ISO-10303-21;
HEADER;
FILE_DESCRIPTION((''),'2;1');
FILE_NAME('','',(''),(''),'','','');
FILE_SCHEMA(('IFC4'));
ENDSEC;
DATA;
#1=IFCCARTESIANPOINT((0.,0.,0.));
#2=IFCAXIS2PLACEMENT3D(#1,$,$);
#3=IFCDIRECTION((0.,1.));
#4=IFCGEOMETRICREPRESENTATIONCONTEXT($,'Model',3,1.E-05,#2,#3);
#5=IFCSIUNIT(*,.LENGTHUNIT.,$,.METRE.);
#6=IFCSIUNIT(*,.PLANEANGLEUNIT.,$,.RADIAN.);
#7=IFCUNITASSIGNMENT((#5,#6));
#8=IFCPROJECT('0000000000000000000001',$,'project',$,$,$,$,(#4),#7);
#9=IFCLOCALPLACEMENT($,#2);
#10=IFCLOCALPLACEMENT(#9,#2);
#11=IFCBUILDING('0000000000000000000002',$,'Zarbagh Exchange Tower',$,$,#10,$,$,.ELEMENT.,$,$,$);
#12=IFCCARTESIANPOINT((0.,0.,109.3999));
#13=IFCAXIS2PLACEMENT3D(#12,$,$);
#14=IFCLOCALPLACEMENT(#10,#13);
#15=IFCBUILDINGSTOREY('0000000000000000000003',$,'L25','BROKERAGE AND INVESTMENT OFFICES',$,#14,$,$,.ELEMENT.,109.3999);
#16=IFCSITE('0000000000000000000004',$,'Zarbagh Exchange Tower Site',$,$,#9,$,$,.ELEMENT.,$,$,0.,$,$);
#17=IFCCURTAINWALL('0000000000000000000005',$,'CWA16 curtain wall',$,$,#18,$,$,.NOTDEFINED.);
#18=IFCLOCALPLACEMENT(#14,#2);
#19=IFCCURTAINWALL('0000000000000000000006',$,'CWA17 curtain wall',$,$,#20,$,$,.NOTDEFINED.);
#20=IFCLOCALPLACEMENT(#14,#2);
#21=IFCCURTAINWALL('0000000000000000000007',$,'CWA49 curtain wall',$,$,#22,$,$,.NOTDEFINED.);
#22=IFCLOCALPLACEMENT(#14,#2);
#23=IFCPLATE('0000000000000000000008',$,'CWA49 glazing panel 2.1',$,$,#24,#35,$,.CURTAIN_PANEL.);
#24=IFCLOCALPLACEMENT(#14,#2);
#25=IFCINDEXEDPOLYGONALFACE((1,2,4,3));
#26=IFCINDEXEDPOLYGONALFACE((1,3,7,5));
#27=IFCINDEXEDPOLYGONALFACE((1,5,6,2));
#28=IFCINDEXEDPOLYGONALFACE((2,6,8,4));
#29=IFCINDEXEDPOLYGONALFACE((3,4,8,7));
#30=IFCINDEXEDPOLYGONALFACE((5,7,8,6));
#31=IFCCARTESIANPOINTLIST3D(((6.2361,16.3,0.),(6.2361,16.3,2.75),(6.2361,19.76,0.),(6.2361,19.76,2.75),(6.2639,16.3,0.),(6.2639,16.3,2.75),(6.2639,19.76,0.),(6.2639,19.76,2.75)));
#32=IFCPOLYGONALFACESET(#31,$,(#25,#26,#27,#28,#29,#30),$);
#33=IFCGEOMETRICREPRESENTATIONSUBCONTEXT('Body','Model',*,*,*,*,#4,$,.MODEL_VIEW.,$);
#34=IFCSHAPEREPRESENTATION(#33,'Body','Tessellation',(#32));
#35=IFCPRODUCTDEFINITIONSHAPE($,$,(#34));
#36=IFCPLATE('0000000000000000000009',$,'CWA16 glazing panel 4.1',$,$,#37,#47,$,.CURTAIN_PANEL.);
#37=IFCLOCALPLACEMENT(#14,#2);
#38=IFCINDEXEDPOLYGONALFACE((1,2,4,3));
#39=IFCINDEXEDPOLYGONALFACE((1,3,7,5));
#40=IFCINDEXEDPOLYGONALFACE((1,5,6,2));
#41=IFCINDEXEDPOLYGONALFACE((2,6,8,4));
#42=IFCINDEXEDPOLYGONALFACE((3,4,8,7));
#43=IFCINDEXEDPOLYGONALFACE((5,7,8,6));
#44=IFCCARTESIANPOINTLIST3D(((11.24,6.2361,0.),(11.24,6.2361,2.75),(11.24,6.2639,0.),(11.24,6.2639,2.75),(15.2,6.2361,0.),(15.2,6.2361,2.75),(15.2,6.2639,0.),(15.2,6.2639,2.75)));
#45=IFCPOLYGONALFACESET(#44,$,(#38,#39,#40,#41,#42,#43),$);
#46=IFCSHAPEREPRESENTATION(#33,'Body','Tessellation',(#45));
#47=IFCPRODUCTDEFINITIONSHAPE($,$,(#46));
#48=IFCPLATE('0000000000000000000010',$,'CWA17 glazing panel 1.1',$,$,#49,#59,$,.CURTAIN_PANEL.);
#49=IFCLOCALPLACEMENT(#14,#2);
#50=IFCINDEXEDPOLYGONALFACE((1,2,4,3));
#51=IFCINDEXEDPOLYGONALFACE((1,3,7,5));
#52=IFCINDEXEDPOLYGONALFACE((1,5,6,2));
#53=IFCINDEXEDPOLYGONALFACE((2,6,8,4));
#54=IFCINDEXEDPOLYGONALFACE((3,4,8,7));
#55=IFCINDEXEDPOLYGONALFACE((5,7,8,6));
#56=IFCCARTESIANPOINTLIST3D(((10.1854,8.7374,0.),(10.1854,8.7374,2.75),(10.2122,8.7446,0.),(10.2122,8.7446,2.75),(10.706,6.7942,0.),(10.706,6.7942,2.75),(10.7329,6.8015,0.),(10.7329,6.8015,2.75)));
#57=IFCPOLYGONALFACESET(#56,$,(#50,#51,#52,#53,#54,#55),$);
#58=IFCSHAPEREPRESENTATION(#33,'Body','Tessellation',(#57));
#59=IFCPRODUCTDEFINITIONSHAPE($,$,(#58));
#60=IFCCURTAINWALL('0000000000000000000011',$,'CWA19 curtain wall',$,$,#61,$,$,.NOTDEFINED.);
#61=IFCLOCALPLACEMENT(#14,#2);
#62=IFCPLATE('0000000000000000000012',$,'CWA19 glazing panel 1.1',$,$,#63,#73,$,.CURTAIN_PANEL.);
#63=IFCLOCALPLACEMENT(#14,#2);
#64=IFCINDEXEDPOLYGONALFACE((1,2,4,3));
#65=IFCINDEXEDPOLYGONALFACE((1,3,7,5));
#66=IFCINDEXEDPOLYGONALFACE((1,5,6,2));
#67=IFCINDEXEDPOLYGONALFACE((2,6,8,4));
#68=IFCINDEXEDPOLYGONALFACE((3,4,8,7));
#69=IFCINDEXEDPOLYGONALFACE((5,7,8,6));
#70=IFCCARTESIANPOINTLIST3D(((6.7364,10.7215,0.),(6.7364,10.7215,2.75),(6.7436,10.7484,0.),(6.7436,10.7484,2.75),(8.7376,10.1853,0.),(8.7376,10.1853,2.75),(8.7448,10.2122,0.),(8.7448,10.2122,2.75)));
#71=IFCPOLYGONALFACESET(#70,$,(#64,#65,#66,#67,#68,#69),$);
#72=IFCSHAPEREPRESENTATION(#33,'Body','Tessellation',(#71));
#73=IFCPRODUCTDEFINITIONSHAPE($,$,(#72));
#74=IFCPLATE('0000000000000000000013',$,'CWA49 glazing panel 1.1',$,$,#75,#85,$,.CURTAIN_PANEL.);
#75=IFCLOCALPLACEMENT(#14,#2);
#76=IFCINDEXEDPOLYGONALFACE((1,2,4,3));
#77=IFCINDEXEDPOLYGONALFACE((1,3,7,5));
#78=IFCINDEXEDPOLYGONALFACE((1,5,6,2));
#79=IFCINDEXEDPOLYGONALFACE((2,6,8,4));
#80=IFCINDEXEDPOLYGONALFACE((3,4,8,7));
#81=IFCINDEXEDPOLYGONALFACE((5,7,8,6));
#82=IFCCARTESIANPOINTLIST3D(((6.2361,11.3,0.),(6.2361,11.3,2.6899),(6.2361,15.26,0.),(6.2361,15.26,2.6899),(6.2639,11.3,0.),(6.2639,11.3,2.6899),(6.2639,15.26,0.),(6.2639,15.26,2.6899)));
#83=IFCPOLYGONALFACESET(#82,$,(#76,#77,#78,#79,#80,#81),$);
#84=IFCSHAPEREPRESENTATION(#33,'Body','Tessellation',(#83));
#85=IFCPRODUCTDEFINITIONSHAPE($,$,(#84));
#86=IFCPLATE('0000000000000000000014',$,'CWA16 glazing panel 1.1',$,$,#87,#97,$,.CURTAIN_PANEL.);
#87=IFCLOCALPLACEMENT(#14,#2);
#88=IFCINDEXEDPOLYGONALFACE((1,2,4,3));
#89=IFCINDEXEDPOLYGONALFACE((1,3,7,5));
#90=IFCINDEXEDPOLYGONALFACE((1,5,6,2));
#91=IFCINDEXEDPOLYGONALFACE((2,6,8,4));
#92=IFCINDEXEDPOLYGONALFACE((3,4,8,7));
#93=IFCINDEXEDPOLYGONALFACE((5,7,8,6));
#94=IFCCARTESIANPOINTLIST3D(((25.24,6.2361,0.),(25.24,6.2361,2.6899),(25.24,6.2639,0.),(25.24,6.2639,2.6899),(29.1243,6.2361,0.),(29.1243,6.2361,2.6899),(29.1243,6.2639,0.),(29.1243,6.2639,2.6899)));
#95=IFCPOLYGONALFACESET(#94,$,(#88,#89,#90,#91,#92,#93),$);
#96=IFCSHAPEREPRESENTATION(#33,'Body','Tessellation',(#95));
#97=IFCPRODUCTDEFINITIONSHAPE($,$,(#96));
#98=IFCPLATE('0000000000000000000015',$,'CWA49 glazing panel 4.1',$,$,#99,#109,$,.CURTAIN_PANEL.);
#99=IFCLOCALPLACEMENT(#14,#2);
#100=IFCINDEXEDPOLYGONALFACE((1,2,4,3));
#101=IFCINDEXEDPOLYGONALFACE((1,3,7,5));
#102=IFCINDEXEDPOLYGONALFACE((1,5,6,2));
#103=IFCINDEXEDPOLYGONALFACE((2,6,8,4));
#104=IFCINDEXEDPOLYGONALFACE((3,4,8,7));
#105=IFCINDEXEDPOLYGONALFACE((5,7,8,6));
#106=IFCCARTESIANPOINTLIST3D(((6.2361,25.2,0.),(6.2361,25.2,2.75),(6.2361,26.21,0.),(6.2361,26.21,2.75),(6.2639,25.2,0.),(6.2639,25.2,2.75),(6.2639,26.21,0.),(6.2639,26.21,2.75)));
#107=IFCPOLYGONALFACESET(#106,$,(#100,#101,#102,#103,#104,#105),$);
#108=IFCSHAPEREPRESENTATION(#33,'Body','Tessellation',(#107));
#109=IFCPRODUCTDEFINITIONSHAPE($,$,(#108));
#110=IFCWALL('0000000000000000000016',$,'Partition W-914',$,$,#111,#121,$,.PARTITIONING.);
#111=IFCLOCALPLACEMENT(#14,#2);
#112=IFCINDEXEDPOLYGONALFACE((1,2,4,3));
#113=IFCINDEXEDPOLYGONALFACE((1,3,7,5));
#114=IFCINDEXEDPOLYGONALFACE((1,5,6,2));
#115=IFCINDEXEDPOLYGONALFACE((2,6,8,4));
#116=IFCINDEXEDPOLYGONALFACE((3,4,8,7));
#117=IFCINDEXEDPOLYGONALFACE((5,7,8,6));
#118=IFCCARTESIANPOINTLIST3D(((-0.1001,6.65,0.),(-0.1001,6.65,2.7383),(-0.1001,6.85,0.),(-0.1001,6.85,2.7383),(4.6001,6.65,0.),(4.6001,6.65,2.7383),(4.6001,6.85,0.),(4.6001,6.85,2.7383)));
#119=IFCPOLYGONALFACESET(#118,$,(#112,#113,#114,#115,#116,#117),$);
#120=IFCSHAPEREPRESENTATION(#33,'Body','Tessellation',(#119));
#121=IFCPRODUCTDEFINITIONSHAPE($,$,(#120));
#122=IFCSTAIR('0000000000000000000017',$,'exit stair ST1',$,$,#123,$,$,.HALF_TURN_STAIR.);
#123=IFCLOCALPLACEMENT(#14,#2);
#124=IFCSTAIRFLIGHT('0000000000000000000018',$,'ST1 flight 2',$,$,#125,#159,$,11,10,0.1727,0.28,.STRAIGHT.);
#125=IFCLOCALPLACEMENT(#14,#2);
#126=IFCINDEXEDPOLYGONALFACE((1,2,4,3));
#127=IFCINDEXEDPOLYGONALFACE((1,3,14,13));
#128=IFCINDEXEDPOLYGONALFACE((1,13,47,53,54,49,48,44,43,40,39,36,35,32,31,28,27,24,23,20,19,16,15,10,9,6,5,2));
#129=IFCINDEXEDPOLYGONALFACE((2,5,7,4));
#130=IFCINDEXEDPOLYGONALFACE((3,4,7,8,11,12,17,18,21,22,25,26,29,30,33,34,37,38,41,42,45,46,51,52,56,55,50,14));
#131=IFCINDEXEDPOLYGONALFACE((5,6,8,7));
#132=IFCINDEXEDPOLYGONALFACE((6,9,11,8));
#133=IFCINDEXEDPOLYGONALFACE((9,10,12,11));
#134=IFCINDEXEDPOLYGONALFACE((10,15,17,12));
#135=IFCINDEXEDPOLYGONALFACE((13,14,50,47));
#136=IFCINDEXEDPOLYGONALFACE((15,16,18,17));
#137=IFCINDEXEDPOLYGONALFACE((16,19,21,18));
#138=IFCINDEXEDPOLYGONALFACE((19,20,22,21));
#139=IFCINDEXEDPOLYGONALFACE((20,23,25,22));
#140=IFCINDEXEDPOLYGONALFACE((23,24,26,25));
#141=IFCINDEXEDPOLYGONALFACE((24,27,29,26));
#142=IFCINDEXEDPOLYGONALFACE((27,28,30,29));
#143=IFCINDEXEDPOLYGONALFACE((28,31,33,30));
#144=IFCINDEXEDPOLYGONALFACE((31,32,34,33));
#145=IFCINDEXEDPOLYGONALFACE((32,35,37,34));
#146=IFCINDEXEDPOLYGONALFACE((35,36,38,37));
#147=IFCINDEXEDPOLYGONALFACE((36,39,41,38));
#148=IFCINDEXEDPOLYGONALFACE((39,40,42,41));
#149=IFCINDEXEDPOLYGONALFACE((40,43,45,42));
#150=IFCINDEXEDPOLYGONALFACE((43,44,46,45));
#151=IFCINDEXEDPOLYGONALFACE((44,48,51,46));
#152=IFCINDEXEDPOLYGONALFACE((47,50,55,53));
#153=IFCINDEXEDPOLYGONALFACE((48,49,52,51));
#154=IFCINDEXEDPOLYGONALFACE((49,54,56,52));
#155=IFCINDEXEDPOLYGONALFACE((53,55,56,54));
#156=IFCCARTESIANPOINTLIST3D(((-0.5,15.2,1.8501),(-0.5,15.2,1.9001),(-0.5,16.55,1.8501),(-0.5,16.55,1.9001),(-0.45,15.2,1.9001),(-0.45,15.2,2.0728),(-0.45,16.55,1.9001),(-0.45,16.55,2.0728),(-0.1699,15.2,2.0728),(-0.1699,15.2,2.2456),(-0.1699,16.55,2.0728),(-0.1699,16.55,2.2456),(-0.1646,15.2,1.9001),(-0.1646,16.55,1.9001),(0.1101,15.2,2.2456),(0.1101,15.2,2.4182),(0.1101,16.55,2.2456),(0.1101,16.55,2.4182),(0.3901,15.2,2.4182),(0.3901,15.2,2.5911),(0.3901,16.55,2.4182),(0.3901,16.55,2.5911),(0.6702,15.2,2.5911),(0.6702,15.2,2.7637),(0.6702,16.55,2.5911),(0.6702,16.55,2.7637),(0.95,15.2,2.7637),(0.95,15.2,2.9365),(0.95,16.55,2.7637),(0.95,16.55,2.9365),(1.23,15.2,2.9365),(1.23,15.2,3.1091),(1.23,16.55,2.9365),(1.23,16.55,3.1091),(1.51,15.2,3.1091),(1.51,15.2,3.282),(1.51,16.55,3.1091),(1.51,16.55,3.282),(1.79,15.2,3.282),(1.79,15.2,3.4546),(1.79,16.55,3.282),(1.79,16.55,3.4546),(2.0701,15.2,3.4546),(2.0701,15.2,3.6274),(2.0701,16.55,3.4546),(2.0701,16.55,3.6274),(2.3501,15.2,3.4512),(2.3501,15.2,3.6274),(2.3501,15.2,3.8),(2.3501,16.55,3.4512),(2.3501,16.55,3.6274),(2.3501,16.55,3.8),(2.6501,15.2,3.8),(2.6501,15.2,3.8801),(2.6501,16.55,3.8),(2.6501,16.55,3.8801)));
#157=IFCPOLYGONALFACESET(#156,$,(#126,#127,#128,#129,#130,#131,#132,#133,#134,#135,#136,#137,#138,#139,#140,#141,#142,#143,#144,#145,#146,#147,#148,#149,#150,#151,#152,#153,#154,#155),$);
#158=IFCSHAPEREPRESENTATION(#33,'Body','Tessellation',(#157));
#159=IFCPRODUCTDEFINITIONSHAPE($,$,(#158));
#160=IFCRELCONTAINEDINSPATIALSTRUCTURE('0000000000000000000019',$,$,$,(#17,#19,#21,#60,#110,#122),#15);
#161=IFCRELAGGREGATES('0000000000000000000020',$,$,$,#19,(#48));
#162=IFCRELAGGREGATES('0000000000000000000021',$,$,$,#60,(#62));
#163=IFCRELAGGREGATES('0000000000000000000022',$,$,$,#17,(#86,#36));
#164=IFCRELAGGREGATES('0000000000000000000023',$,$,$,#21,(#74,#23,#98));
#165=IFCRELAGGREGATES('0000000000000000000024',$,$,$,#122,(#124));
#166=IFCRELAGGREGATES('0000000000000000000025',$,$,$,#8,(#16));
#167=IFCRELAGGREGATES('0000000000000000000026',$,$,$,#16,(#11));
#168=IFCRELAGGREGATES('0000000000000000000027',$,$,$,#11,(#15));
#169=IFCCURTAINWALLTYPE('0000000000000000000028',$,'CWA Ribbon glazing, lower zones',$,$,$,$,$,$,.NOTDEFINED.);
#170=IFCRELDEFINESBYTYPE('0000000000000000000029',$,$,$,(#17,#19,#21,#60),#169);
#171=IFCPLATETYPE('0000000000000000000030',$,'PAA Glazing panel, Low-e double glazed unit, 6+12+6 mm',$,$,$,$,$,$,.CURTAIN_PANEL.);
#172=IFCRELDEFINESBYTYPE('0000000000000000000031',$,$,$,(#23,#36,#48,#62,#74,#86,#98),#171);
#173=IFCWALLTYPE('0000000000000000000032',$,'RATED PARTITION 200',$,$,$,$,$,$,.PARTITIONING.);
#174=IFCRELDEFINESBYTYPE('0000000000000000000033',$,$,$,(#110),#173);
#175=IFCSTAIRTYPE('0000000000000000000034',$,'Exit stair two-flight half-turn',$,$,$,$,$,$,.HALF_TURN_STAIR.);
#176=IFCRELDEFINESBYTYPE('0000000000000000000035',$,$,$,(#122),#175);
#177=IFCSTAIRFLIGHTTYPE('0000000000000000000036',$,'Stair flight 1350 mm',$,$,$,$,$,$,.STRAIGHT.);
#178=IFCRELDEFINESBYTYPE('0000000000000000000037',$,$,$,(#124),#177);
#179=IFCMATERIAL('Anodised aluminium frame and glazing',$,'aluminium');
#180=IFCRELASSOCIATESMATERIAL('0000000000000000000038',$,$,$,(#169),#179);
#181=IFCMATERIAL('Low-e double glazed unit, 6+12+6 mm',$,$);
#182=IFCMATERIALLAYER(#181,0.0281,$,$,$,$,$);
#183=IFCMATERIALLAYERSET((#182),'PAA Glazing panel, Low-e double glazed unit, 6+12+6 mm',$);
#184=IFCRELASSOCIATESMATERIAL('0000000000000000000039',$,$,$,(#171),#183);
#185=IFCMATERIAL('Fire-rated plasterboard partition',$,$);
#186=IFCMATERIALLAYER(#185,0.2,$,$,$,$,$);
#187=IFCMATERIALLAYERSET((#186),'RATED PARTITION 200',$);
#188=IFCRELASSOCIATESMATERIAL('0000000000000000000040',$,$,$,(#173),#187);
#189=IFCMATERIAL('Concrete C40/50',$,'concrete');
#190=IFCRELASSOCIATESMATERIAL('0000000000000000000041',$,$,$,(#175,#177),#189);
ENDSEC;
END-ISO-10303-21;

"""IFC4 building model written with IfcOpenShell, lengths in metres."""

from ifc_helpers import new_model, si_unit, direction, frame, frame_2d, origin, place, context, subcontext, project, spatial, polyline, rectangle, outline, extrude, source, transform, mapped, material, layer, layer_set, type_object, element, aggregate, save


model = new_model("IFC4")

# Units and contexts
model_context = context("Model", 3, precision=1e-05, world=origin(), true_north=direction((0.0, 1.0)))
body_context = subcontext(model_context, "Body", "Model", "MODEL_VIEW")
ifc_project = project(units=[si_unit("LENGTHUNIT", "METRE"), si_unit("PLANEANGLEUNIT", "RADIAN")], contexts=[model_context])

# Site, building, storey
site_placement = place(None, origin())
site = spatial("IfcSite", under=ifc_project, at=site_placement, Name="Zarbagh Exchange Tower Site", CompositionType="ELEMENT", RefElevation=0.0)
building_placement = place(site_placement, origin())
building = spatial("IfcBuilding", under=site, at=building_placement, Name="Zarbagh Exchange Tower", CompositionType="ELEMENT")
storey_placement = place(building_placement, frame((0.0, 0.0, 109.3999)))
storey = spatial("IfcBuildingStorey", under=building, at=storey_placement, Name="L25", Description="BROKERAGE AND INVESTMENT OFFICES", CompositionType="ELEMENT", Elevation=109.3999)

# Curtain wall
ifc_material_1 = material(Name="Anodised aluminium frame and glazing", Category="aluminium")
curtain_wall_type = type_object("IfcCurtainWallType", Name="CWA Ribbon glazing, lower zones", PredefinedType="NOTDEFINED", material=ifc_material_1)
curtain_wall_1_placement = place(storey_placement, origin())
curtain_wall_1 = element("IfcCurtainWall", 1, at=curtain_wall_1_placement, inside=storey, type_object=curtain_wall_type, Name="CWA16 curtain wall", PredefinedType="NOTDEFINED")
placement = place(storey_placement, origin())

# Curtain wall
curtain_wall_2_placement = place(storey_placement, origin())
curtain_wall_2 = element("IfcCurtainWall", 2, at=curtain_wall_2_placement, inside=storey, type_object=curtain_wall_type, Name="CWA17 curtain wall", PredefinedType="NOTDEFINED")

# Curtain wall
curtain_wall_3_placement = place(storey_placement, origin())
curtain_wall_3 = element("IfcCurtainWall", 3, at=curtain_wall_3_placement, inside=storey, type_object=curtain_wall_type, Name="CWA49 curtain wall", PredefinedType="NOTDEFINED")

# Shared definitions
ifc_material_2 = material(Name="Low-e double glazed unit, 6+12+6 mm")
ifc_layer_1 = layer(ifc_material_2, 0.0281)
ifc_layer_set_1 = layer_set([ifc_layer_1], Name="PAA Glazing panel, Low-e double glazed unit, 6+12+6 mm")
plate_type = type_object("IfcPlateType", Name="PAA Glazing panel, Low-e double glazed unit, 6+12+6 mm", PredefinedType="CURTAIN_PANEL", material=ifc_layer_set_1)

# Plates
shared_shape_1 = source(origin(), body_context, "Body", "SweptSolid", [
    extrude(outline(polyline([(0.0, -0.0139), (3.46, -0.0139), (3.46, 0.0139), (0.0, 0.0139), (0.0, -0.0139)])), origin(), (0.0, 0.0, 1.0), 2.75),
])
plate_1 = element("IfcPlate", 4, at=placement, type_object=plate_type, Name="CWA49 glazing panel 2.1", PredefinedType="CURTAIN_PANEL", context=body_context, shape_type="MappedRepresentation", body=[
    mapped(shared_shape_1, transform((6.25, 16.3, 0.0), x_axis=(0.0, 1.0, 0.0), y_axis=(-1.0, 0.0, 0.0), z_axis=(0.0, 0.0, 1.0))),
])
shared_shape_2 = source(origin(), body_context, "Body", "SweptSolid", [
    extrude(outline(polyline([(0.0, -0.0139), (3.96, -0.0139), (3.96, 0.0139), (0.0, 0.0139), (0.0, -0.0139)])), origin(), (0.0, 0.0, 1.0), 2.75),
])
plate_2 = element("IfcPlate", 5, at=placement, type_object=plate_type, Name="CWA16 glazing panel 4.1", PredefinedType="CURTAIN_PANEL", context=body_context, shape_type="MappedRepresentation", body=[
    mapped(shared_shape_2, transform((15.2, 6.25, 0.0), x_axis=(-1.0, 0.0, 0.0), y_axis=(0.0, -1.0, 0.0), z_axis=(0.0, 0.0, 1.0))),
])
shared_shape_3 = source(origin(), body_context, "Body", "SweptSolid", [
    extrude(outline(polyline([(0.0, -0.0139), (2.0117, -0.0139), (2.0117, 0.0139), (0.0, 0.0139), (0.0, -0.0139)])), origin(), (0.0, 0.0, 1.0), 2.75),
])
plate_3 = element("IfcPlate", 6, at=placement, type_object=plate_type, Name="CWA17 glazing panel 1.1", PredefinedType="CURTAIN_PANEL", context=body_context, shape_type="MappedRepresentation", body=[
    mapped(shared_shape_3, transform((10.7195, 6.7979, 0.0), x_axis=(-0.258825, 0.965924, 0.0), y_axis=(-0.965924, -0.258825, 0.0), z_axis=(0.0, 0.0, 1.0))),
])
aggregate(curtain_wall_2, [plate_3])

# Curtain wall, plate
curtain_wall_4_placement = place(storey_placement, origin())
curtain_wall_4 = element("IfcCurtainWall", 7, at=curtain_wall_4_placement, inside=storey, type_object=curtain_wall_type, Name="CWA19 curtain wall", PredefinedType="NOTDEFINED")
shared_shape_4 = source(origin(), body_context, "Body", "SweptSolid", [
    extrude(outline(polyline([(0.0, -0.0139), (2.0718, -0.0139), (2.0718, 0.0139), (0.0, 0.0139), (0.0, -0.0139)])), origin(), (0.0, 0.0, 1.0), 2.75),
])
plate_4 = element("IfcPlate", 8, at=placement, type_object=plate_type, Name="CWA19 glazing panel 1.1", PredefinedType="CURTAIN_PANEL", context=body_context, shape_type="MappedRepresentation", body=[
    mapped(shared_shape_4, transform((8.7412, 10.1987, 0.0), x_axis=(-0.965924, 0.258825, 0.0), y_axis=(-0.258825, -0.965924, 0.0), z_axis=(0.0, 0.0, 1.0))),
])
aggregate(curtain_wall_4, [plate_4])

# Plates
shared_shape_5 = source(origin(), body_context, "Body", "SweptSolid", [
    extrude(outline(polyline([(0.0, -0.0139), (3.96, -0.0139), (3.96, 0.0139), (0.0, 0.0139), (0.0, -0.0139)])), origin(), (0.0, 0.0, 1.0), 2.6899),
])
plate_5 = element("IfcPlate", 9, at=placement, type_object=plate_type, Name="CWA49 glazing panel 1.1", PredefinedType="CURTAIN_PANEL", context=body_context, shape_type="MappedRepresentation", body=[
    mapped(shared_shape_5, transform((6.25, 11.3, 0.0), x_axis=(0.0, 1.0, 0.0), y_axis=(-1.0, 0.0, 0.0), z_axis=(0.0, 0.0, 1.0))),
])
shared_shape_6 = source(origin(), body_context, "Body", "SweptSolid", [
    extrude(outline(polyline([(0.0, -0.0139), (3.8843, -0.0139), (3.8843, 0.0139), (0.0, 0.0139), (0.0, -0.0139)])), origin(), (0.0, 0.0, 1.0), 2.6899),
])
plate_6 = element("IfcPlate", 10, at=placement, type_object=plate_type, Name="CWA16 glazing panel 1.1", PredefinedType="CURTAIN_PANEL", context=body_context, shape_type="MappedRepresentation", body=[
    mapped(shared_shape_6, transform((29.1243, 6.25, 0.0), x_axis=(-1.0, 0.0, 0.0), y_axis=(0.0, -1.0, 0.0), z_axis=(0.0, 0.0, 1.0))),
])
aggregate(curtain_wall_1, [plate_6, plate_2])
shared_shape_7 = source(origin(), body_context, "Body", "SweptSolid", [
    extrude(outline(polyline([(0.0, -0.0139), (1.01, -0.0139), (1.01, 0.0139), (0.0, 0.0139), (0.0, -0.0139)])), origin(), (0.0, 0.0, 1.0), 2.75),
])
plate_7 = element("IfcPlate", 11, at=placement, type_object=plate_type, Name="CWA49 glazing panel 4.1", PredefinedType="CURTAIN_PANEL", context=body_context, shape_type="MappedRepresentation", body=[
    mapped(shared_shape_7, transform((6.25, 25.2, 0.0), x_axis=(0.0, 1.0, 0.0), y_axis=(-1.0, 0.0, 0.0), z_axis=(0.0, 0.0, 1.0))),
])
aggregate(curtain_wall_3, [plate_5, plate_1, plate_7])

# Wall
ifc_material_3 = material(Name="Fire-rated plasterboard partition")
ifc_layer_2 = layer(ifc_material_3, 0.2)
ifc_layer_set_2 = layer_set([ifc_layer_2], Name="RATED PARTITION 200")
wall_type = type_object("IfcWallType", Name="RATED PARTITION 200", PredefinedType="PARTITIONING", material=ifc_layer_set_2)
wall_placement = place(storey_placement, frame((-0.1001, 6.75, 0.0), z_axis=(0.0, 0.0, 1.0), x_axis=(1.0, 0.0, 0.0)))
element("IfcWall", 12, at=wall_placement, inside=storey, type_object=wall_type, Name="Partition W-914", PredefinedType="PARTITIONING", context=body_context, shape_type="SweptSolid", body=[
    extrude(rectangle(XDim=4.7002, YDim=0.2, at=frame_2d((2.3501, 0.0))), origin(), (0.0, 0.0, 1.0), 2.7383),
])

# Stair, stair flight
ifc_material_4 = material(Name="Concrete C40/50", Category="concrete")
stair_type = type_object("IfcStairType", Name="Exit stair two-flight half-turn", PredefinedType="HALF_TURN_STAIR", material=ifc_material_4)
stair_placement = place(storey_placement, origin())
stair = element("IfcStair", 13, at=stair_placement, inside=storey, type_object=stair_type, Name="exit stair ST1", PredefinedType="HALF_TURN_STAIR")
stair_flight_type = type_object("IfcStairFlightType", Name="Stair flight 1350 mm", PredefinedType="STRAIGHT", material=ifc_material_4)
stair_flight_placement = place(storey_placement, frame((-0.45, 15.875, 1.9001), z_axis=(0.0, 0.0, 1.0), x_axis=(1.0, 0.0, 0.0)))
stair_flight = element("IfcStairFlight", 14, at=stair_flight_placement, type_object=stair_flight_type, Name="ST1 flight 2", NumberOfRisers=11, NumberOfTreads=10, PredefinedType="STRAIGHT", RiserHeight=0.1727, TreadLength=0.28, context=body_context, shape_type="SweptSolid", body=[
    extrude(outline(polyline([(-0.05, -0.05), (-0.05, 0.0), (0.0, 0.0), (0.0, 0.1726), (0.28, 0.1726), (0.28, 0.3455), (0.5601, 0.3455), (0.5601, 0.5181), (0.8401, 0.5181), (0.8401, 0.6909), (1.1201, 0.6909), (1.1201, 0.8635), (1.3999, 0.8635), (1.3999, 1.0364), (1.6799, 1.0364), (1.6799, 1.209), (1.96, 1.209), (1.96, 1.3818), (2.24, 1.3818), (2.24, 1.5544), (2.52, 1.5544), (2.52, 1.7273), (2.8, 1.7273), (2.8, 1.8999), (3.1001, 1.98), (3.1001, 1.8999), (2.8, 1.551), (0.2854, 0.0), (-0.05, -0.05)])), frame((0.0, 0.675, 0.0), z_axis=(0.0, -1.0, 0.0), x_axis=(1.0, 0.0, 0.0)), (0.0, 0.0, 1.0), 1.3501),
])
aggregate(stair, [stair_flight])

save(model, "model.ifc")
